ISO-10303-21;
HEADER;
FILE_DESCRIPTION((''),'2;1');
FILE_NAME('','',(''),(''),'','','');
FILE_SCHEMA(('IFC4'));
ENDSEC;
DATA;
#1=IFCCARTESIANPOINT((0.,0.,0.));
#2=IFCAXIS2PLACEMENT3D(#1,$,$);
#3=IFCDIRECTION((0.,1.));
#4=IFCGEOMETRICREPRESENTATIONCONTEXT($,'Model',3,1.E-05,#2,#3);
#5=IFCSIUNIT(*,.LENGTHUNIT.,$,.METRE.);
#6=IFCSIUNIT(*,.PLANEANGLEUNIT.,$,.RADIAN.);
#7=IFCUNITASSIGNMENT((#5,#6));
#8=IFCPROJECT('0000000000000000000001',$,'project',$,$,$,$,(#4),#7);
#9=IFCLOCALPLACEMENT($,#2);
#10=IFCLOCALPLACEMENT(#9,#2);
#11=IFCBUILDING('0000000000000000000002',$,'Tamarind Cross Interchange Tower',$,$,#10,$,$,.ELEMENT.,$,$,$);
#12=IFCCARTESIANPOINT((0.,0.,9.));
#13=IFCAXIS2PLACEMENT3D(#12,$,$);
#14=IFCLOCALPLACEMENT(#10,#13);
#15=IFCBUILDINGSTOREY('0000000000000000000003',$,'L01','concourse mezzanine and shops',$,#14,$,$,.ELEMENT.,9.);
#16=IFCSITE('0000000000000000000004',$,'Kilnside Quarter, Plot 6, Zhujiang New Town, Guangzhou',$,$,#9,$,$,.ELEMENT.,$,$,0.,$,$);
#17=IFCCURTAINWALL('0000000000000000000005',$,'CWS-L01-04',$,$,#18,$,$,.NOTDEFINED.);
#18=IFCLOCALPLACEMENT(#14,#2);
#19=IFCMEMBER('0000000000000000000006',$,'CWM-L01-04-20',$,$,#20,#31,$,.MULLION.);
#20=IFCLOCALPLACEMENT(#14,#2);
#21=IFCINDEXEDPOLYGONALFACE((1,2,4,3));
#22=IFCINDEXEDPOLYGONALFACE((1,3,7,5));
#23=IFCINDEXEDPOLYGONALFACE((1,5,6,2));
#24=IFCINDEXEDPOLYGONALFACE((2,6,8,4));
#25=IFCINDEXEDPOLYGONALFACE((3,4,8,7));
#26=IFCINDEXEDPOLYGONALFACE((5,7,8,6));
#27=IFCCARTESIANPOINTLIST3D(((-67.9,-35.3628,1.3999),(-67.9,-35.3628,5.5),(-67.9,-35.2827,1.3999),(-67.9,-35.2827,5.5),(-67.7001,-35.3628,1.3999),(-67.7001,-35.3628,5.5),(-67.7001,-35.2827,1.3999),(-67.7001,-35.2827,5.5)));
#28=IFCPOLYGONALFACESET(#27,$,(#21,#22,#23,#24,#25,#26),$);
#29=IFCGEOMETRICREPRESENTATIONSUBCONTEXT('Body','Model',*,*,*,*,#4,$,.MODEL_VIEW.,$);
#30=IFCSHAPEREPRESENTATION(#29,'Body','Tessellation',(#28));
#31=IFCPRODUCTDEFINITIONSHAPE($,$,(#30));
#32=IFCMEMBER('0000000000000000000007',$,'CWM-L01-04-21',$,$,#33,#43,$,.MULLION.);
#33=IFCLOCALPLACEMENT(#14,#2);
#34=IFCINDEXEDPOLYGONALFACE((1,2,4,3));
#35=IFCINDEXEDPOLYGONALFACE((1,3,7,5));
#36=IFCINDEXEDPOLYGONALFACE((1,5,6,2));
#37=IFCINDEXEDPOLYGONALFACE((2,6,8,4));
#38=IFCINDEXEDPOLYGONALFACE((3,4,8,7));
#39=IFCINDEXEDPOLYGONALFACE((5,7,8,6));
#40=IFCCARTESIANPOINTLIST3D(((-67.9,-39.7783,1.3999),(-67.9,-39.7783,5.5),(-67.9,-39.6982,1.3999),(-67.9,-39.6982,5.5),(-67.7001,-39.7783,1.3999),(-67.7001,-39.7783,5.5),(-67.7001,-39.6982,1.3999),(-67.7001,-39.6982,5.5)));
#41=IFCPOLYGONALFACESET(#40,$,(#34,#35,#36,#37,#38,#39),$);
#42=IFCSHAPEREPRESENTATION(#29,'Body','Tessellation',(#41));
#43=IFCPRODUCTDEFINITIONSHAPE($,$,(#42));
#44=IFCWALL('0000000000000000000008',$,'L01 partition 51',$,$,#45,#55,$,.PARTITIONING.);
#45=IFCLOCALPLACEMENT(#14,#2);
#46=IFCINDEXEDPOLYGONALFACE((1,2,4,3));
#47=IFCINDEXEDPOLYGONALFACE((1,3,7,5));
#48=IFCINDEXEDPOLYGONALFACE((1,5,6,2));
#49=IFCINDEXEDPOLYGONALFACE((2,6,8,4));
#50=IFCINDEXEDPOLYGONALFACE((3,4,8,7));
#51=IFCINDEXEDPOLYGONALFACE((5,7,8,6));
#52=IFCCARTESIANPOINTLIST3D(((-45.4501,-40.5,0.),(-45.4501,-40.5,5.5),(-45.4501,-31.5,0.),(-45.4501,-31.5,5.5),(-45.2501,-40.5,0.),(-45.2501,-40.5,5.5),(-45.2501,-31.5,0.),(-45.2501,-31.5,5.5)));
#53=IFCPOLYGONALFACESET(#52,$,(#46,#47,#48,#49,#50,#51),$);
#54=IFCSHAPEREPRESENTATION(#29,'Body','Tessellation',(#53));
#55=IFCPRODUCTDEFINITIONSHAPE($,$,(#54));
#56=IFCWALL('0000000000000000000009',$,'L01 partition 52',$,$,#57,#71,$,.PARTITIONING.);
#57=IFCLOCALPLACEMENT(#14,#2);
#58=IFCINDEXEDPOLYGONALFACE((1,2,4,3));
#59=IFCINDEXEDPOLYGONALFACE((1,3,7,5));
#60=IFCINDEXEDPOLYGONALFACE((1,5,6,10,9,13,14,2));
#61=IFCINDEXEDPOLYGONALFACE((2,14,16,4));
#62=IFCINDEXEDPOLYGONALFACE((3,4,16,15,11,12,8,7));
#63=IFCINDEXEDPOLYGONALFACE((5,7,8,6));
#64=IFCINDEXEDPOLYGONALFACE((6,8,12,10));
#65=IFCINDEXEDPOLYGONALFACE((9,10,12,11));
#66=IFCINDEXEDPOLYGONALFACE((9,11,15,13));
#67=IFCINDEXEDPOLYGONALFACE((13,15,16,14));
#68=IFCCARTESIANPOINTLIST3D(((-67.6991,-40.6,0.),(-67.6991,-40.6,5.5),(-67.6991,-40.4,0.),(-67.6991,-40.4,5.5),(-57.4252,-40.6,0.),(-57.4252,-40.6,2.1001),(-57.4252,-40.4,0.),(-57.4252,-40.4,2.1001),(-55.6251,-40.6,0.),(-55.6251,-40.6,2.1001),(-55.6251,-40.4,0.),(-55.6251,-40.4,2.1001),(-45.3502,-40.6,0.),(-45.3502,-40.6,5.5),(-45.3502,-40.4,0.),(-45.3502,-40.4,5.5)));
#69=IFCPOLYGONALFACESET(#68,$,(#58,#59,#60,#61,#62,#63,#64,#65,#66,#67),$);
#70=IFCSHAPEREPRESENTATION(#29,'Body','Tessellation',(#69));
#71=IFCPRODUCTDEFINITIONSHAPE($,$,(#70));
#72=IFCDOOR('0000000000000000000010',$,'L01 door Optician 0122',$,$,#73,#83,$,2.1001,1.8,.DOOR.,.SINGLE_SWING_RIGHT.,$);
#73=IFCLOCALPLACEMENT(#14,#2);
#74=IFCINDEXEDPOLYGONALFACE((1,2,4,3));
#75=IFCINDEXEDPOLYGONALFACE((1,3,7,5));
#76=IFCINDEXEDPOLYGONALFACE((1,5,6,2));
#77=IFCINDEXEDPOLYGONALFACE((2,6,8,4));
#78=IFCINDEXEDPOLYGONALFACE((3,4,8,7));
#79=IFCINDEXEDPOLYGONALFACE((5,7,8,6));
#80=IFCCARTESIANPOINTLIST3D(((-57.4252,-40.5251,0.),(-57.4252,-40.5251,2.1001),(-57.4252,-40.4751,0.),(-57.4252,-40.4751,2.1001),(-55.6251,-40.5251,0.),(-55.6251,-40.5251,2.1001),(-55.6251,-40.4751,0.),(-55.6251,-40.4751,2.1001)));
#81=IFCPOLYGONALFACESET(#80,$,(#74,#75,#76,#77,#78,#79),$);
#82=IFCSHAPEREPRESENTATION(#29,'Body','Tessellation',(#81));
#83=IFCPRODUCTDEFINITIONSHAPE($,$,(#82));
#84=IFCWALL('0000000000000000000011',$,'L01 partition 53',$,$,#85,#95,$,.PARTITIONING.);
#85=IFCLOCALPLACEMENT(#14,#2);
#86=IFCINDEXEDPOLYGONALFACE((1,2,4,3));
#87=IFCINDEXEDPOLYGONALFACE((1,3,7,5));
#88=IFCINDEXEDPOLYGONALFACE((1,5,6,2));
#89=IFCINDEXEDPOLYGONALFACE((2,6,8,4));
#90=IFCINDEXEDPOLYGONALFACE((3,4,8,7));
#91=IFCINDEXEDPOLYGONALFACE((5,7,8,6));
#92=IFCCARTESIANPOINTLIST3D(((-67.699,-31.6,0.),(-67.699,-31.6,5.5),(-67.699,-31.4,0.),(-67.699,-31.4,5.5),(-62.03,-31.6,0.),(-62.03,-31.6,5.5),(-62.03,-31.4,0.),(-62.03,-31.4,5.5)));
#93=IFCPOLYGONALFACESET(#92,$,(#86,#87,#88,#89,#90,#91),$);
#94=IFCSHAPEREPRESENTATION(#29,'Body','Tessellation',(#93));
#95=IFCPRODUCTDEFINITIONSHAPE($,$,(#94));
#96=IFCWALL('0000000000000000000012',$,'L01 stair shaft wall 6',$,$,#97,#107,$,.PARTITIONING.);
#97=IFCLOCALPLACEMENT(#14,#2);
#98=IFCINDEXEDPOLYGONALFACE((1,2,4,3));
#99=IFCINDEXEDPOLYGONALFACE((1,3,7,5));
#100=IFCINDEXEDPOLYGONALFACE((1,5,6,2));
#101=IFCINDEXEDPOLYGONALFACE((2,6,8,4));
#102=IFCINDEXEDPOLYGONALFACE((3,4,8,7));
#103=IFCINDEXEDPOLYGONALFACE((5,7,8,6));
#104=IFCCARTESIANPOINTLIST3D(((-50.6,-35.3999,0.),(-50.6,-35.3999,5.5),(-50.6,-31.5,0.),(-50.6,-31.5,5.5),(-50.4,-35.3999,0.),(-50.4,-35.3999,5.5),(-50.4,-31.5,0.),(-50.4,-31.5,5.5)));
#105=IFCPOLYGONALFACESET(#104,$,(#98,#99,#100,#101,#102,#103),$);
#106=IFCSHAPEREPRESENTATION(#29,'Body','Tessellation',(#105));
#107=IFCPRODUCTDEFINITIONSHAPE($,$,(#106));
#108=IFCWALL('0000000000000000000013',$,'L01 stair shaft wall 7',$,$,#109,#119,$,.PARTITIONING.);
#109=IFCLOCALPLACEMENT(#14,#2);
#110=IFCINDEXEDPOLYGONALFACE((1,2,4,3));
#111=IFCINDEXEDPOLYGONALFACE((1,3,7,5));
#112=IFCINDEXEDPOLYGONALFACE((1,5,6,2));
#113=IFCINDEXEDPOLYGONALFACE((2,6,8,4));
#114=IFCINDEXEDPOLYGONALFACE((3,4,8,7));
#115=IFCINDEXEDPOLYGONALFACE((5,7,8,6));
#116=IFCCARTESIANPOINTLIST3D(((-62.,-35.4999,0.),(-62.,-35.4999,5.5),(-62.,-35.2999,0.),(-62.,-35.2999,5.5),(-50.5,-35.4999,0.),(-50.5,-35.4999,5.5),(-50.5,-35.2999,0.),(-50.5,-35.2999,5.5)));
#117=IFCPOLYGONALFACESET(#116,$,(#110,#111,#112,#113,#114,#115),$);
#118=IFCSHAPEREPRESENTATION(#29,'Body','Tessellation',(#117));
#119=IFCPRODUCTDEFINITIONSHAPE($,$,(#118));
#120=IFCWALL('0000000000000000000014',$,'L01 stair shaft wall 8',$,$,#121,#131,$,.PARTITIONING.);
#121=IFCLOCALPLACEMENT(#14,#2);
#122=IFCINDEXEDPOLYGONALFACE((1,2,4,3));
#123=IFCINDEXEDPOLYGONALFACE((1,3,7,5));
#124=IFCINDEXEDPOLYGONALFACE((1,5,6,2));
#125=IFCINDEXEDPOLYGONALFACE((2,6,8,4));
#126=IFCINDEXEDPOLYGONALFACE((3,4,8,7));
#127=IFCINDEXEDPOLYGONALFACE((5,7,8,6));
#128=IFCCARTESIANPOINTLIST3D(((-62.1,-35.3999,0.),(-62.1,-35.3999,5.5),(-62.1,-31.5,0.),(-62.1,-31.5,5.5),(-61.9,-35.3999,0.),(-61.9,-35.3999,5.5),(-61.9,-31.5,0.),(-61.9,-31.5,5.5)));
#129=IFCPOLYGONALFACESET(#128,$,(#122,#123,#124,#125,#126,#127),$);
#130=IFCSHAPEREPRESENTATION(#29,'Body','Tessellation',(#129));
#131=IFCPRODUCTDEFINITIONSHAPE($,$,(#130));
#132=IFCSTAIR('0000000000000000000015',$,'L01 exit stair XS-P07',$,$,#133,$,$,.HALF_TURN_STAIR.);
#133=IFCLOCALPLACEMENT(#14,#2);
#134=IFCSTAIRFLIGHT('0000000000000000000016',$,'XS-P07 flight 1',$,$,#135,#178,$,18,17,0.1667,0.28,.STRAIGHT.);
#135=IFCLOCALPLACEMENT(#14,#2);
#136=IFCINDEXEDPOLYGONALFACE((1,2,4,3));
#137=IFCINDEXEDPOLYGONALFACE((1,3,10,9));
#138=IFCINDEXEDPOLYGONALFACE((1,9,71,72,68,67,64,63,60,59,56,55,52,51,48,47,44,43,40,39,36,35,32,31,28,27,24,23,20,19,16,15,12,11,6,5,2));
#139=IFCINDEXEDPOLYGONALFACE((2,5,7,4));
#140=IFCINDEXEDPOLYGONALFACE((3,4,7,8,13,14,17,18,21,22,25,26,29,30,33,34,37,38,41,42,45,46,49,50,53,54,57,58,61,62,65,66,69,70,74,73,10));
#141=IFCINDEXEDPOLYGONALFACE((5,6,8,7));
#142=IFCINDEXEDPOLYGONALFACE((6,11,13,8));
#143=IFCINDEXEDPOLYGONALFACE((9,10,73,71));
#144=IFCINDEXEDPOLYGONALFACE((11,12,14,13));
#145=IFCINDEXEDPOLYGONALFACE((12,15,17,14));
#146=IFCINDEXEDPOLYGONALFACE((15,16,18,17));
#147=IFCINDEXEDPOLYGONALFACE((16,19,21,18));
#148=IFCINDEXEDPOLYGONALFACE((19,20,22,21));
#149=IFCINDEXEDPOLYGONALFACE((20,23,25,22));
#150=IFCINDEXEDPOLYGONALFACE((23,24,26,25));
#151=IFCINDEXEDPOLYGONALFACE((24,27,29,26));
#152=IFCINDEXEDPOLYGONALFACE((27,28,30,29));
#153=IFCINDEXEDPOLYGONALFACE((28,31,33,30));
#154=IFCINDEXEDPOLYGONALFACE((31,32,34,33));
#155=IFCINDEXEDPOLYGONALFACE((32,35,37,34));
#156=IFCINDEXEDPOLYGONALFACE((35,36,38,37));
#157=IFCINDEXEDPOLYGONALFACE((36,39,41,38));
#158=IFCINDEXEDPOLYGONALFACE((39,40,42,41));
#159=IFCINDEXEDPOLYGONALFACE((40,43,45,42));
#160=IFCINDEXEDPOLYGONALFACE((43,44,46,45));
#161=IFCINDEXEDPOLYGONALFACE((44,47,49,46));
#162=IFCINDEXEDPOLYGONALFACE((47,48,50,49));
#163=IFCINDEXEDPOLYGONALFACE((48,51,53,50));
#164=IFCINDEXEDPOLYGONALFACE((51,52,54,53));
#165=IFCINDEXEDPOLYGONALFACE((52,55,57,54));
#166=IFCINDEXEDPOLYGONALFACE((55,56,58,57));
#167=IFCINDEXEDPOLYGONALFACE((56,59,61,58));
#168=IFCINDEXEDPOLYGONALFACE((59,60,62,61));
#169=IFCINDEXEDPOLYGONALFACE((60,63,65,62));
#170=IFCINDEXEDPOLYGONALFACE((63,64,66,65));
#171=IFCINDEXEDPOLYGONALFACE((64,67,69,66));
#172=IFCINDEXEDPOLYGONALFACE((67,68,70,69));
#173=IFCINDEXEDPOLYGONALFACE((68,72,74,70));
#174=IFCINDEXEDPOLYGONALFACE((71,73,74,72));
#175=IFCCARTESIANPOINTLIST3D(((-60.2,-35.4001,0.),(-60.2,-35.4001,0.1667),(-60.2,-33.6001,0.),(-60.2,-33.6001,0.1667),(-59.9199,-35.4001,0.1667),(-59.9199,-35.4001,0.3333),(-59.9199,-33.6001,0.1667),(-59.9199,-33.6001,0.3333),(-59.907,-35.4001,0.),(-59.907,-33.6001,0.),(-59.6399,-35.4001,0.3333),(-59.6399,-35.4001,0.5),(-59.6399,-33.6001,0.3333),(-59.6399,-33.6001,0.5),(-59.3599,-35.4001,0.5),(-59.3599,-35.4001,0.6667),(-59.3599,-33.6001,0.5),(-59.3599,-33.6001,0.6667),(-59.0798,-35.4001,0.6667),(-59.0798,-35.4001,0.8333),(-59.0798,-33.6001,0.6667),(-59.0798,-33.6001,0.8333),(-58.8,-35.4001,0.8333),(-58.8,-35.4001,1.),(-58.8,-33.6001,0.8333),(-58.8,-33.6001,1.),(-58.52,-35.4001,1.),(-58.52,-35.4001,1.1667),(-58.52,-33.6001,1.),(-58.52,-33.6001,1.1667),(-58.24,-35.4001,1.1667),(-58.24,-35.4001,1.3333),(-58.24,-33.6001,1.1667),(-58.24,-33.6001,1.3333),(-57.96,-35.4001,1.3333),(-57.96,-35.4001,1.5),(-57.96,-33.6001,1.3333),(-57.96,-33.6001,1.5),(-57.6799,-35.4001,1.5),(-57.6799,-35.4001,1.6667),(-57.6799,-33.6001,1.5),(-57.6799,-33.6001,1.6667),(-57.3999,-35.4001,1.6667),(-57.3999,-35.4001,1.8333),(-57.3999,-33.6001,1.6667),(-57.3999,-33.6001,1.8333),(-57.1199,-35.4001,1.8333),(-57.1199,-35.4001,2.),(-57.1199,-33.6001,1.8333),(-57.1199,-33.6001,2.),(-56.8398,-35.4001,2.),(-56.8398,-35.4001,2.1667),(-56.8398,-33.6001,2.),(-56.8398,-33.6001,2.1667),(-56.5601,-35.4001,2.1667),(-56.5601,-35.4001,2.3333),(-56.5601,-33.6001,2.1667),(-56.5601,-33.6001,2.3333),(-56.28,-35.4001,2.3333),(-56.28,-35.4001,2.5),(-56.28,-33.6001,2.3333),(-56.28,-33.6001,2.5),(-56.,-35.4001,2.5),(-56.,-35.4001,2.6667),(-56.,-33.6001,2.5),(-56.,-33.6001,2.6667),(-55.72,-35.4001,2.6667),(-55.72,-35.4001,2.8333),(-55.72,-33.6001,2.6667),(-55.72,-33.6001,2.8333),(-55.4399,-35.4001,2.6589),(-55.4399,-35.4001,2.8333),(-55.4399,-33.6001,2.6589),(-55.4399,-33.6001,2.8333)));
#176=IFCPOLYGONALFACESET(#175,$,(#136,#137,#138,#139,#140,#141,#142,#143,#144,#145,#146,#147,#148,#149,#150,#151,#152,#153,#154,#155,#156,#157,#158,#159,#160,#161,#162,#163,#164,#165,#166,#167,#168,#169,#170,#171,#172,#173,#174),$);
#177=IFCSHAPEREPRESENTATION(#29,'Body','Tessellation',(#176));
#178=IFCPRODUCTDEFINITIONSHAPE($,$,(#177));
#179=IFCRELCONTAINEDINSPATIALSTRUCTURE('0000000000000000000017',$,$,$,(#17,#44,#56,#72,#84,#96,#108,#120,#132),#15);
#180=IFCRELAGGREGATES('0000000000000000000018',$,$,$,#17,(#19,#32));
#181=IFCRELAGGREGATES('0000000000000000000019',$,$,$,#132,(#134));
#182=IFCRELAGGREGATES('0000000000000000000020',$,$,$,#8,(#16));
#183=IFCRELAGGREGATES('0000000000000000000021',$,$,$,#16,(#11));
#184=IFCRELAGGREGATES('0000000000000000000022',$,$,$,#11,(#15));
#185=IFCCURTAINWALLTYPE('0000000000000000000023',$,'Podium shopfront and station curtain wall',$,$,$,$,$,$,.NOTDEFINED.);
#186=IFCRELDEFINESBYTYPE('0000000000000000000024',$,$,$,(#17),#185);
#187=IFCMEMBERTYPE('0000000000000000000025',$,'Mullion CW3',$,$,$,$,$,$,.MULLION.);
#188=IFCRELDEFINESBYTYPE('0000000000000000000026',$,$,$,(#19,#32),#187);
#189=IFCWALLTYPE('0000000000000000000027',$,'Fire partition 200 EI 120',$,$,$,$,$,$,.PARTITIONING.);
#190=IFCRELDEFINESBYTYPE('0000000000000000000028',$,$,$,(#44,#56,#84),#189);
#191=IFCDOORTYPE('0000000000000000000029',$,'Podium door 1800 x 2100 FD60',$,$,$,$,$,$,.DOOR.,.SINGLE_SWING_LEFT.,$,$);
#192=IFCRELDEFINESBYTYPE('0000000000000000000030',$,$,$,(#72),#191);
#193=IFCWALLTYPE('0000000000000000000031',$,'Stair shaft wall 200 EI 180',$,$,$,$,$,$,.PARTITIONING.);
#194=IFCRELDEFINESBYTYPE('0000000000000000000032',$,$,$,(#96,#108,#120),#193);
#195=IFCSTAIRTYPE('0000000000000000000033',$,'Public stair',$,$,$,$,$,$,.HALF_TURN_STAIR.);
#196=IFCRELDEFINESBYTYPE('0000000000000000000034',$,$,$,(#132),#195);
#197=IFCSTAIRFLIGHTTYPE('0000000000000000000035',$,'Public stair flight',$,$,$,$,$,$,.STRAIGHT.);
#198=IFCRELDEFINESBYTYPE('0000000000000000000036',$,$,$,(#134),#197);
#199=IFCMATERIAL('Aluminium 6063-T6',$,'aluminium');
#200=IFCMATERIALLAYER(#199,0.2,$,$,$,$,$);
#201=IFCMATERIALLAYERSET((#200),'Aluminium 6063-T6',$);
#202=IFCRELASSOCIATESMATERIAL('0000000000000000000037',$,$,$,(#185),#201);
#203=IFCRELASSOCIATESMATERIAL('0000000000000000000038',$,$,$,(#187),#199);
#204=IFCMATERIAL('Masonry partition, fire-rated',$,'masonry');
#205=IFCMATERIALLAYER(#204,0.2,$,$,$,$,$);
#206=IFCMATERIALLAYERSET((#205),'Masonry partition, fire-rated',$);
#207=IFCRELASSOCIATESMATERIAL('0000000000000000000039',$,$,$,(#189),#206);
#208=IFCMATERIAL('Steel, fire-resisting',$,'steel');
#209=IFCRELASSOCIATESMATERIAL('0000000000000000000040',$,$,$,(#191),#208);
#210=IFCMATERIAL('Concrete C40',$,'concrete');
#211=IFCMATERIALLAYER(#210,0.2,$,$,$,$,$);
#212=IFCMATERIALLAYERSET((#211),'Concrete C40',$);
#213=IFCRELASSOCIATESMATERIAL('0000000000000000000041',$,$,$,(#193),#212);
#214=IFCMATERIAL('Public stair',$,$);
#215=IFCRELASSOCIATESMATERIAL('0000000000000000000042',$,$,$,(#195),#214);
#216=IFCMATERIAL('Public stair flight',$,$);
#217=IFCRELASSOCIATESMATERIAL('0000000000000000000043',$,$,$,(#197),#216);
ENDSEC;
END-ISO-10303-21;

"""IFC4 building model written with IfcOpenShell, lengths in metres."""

from ifc_helpers import new_model, si_unit, direction, frame, frame_2d, origin, origin_2d, place, context, subcontext, project, spatial, polyline, rectangle, outline, extrude, material, layer, layer_set, material_profile, profile_set, type_object, element, fill, aggregate, save


model = new_model("IFC4")

# Units and contexts
model_context = context("Model", 3, precision=1e-05, world=origin(), true_north=direction((0.0, 1.0)))
body_context = subcontext(model_context, "Body", "Model", "MODEL_VIEW")
ifc_project = project(units=[si_unit("LENGTHUNIT", "METRE"), si_unit("PLANEANGLEUNIT", "RADIAN")], contexts=[model_context])

# Site, building, storey
site_placement = place(None, origin())
site = spatial("IfcSite", under=ifc_project, at=site_placement, Name="Kilnside Quarter, Plot 6, Zhujiang New Town, Guangzhou", CompositionType="ELEMENT", RefElevation=0.0)
building_placement = place(site_placement, origin())
building = spatial("IfcBuilding", under=site, at=building_placement, Name="Tamarind Cross Interchange Tower", CompositionType="ELEMENT")
storey_placement = place(building_placement, frame((0.0, 0.0, 9.0)))
storey = spatial("IfcBuildingStorey", under=building, at=storey_placement, Name="L01", Description="concourse mezzanine and shops", CompositionType="ELEMENT", Elevation=9.0)

# Curtain wall, members
ifc_material_1 = material(Name="Aluminium 6063-T6", Category="aluminium")
ifc_layer_1 = layer(ifc_material_1, 0.2)
ifc_layer_set_1 = layer_set([ifc_layer_1], Name="Aluminium 6063-T6")
curtain_wall_type = type_object("IfcCurtainWallType", Name="Podium shopfront and station curtain wall", PredefinedType="NOTDEFINED", material=ifc_layer_set_1)
curtain_wall_placement = place(storey_placement, origin())
curtain_wall = element("IfcCurtainWall", 1, at=curtain_wall_placement, inside=storey, type_object=curtain_wall_type, Name="CWS-L01-04", PredefinedType="NOTDEFINED")
ifc_material_profile = material_profile(ifc_material_1, rectangle(XDim=0.0801, YDim=0.2, at=origin_2d()), Name="Mullion CW3")
ifc_profile_set = profile_set([ifc_material_profile], Name="Aluminium 6063-T6")
member_type = type_object("IfcMemberType", Name="Mullion CW3", PredefinedType="MULLION", material=ifc_profile_set)
member_1_placement = place(storey_placement, frame((-67.8, -35.3228, 1.3999), z_axis=(0.0, 0.0, 1.0), x_axis=(0.0, -1.0, 0.0)))
member_1 = element("IfcMember", 2, at=member_1_placement, type_object=member_type, Name="CWM-L01-04-20", PredefinedType="MULLION", context=body_context, shape_type="SweptSolid", body=[
    extrude(rectangle(XDim=0.0801, YDim=0.2, at=origin_2d()), origin(), (0.0, 0.0, 1.0), 4.1001),
])
member_2_placement = place(storey_placement, frame((-67.8, -39.7383, 1.3999), z_axis=(0.0, 0.0, 1.0), x_axis=(0.0, -1.0, 0.0)))
member_2 = element("IfcMember", 3, at=member_2_placement, type_object=member_type, Name="CWM-L01-04-21", PredefinedType="MULLION", context=body_context, shape_type="SweptSolid", body=[
    extrude(rectangle(XDim=0.0801, YDim=0.2, at=origin_2d()), origin(), (0.0, 0.0, 1.0), 4.1001),
])
aggregate(curtain_wall, [member_1, member_2])

# Wall
ifc_material_2 = material(Name="Masonry partition, fire-rated", Category="masonry")
ifc_layer_2 = layer(ifc_material_2, 0.2)
ifc_layer_set_2 = layer_set([ifc_layer_2], Name="Masonry partition, fire-rated")
wall_type_1 = type_object("IfcWallType", Name="Fire partition 200 EI 120", PredefinedType="PARTITIONING", material=ifc_layer_set_2)
wall_1_placement = place(storey_placement, frame((-45.3501, -40.5, 0.0), z_axis=(0.0, 0.0, 1.0), x_axis=(0.0, 1.0, 0.0)))
element("IfcWall", 4, at=wall_1_placement, inside=storey, type_object=wall_type_1, Name="L01 partition 51", PredefinedType="PARTITIONING", context=body_context, shape_type="SweptSolid", body=[
    extrude(rectangle(XDim=9.0, YDim=0.2, at=frame_2d((4.5, 0.0))), origin(), (0.0, 0.0, 1.0), 5.5),
])

# Wall, opening, door
wall_2_placement = place(storey_placement, frame((-67.699, -40.5, 0.0), z_axis=(0.0, 0.0, 1.0), x_axis=(1.0, 0.0, 0.0)))
wall_2 = element("IfcWall", 5, at=wall_2_placement, inside=storey, type_object=wall_type_1, Name="L01 partition 52", PredefinedType="PARTITIONING", context=body_context, shape_type="SweptSolid", body=[
    extrude(rectangle(XDim=22.3489, YDim=0.2, at=frame_2d((11.1743, 0.0))), origin(), (0.0, 0.0, 1.0), 5.5),
])
opening_placement = place(wall_2_placement, frame((10.2739, 0.0, 0.0)))
opening = element("IfcOpeningElement", 6, at=opening_placement, cuts=wall_2, PredefinedType="OPENING", context=body_context, shape_type="SweptSolid", body=[
    extrude(rectangle(XDim=1.8, YDim=2.1001, at=frame_2d((0.8999, 1.05))), frame((0.0, 0.1099, 0.0), z_axis=(0.0, -1.0, 0.0), x_axis=(1.0, 0.0, 0.0)), (0.0, 0.0, 1.0), 0.22),
])
ifc_material_3 = material(Name="Steel, fire-resisting", Category="steel")
door_type = type_object("IfcDoorType", Name="Podium door 1800 x 2100 FD60", OperationType="SINGLE_SWING_LEFT", PredefinedType="DOOR", material=ifc_material_3)
door_placement = place(opening_placement, origin())
door = element("IfcDoor", 7, at=door_placement, inside=storey, type_object=door_type, Name="L01 door Optician 0122", OperationType="SINGLE_SWING_RIGHT", OverallHeight=2.1001, OverallWidth=1.8, PredefinedType="DOOR", context=body_context, shape_type="SweptSolid", body=[
    extrude(rectangle(XDim=1.8, YDim=2.1001, at=frame_2d((0.8999, 1.05))), frame((0.0, 0.0249, 0.0), z_axis=(0.0, -1.0, 0.0), x_axis=(1.0, 0.0, 0.0)), (0.0, 0.0, 1.0), 0.05),
])
fill(opening, door)

# Walls
wall_3_placement = place(storey_placement, frame((-67.699, -31.5, 0.0), z_axis=(0.0, 0.0, 1.0), x_axis=(1.0, 0.0, 0.0)))
element("IfcWall", 8, at=wall_3_placement, inside=storey, type_object=wall_type_1, Name="L01 partition 53", PredefinedType="PARTITIONING", context=body_context, shape_type="SweptSolid", body=[
    extrude(rectangle(XDim=5.6689, YDim=0.2, at=frame_2d((2.8345, 0.0))), origin(), (0.0, 0.0, 1.0), 5.5),
])
ifc_material_4 = material(Name="Concrete C40", Category="concrete")
ifc_layer_3 = layer(ifc_material_4, 0.2)
ifc_layer_set_3 = layer_set([ifc_layer_3], Name="Concrete C40")
wall_type_2 = type_object("IfcWallType", Name="Stair shaft wall 200 EI 180", PredefinedType="PARTITIONING", material=ifc_layer_set_3)
wall_4_placement = place(storey_placement, frame((-50.5, -35.3999, 0.0), z_axis=(0.0, 0.0, 1.0), x_axis=(0.0, 1.0, 0.0)))
element("IfcWall", 9, at=wall_4_placement, inside=storey, type_object=wall_type_2, Name="L01 stair shaft wall 6", PredefinedType="PARTITIONING", context=body_context, shape_type="SweptSolid", body=[
    extrude(rectangle(XDim=3.8999, YDim=0.2, at=frame_2d((1.95, 0.0))), origin(), (0.0, 0.0, 1.0), 5.5),
])
wall_5_placement = place(storey_placement, frame((-62.0, -35.3999, 0.0), z_axis=(0.0, 0.0, 1.0), x_axis=(1.0, 0.0, 0.0)))
element("IfcWall", 10, at=wall_5_placement, inside=storey, type_object=wall_type_2, Name="L01 stair shaft wall 7", PredefinedType="PARTITIONING", context=body_context, shape_type="SweptSolid", body=[
    extrude(rectangle(XDim=11.5, YDim=0.2, at=frame_2d((5.75, 0.0))), origin(), (0.0, 0.0, 1.0), 5.5),
])
wall_6_placement = place(storey_placement, frame((-62.0, -35.3999, 0.0), z_axis=(0.0, 0.0, 1.0), x_axis=(0.0, 1.0, 0.0)))
element("IfcWall", 11, at=wall_6_placement, inside=storey, type_object=wall_type_2, Name="L01 stair shaft wall 8", PredefinedType="PARTITIONING", context=body_context, shape_type="SweptSolid", body=[
    extrude(rectangle(XDim=3.8999, YDim=0.2, at=frame_2d((1.95, 0.0))), origin(), (0.0, 0.0, 1.0), 5.5),
])

# Stair, stair flight
ifc_material_5 = material(Name="Public stair")
stair_type = type_object("IfcStairType", Name="Public stair", PredefinedType="HALF_TURN_STAIR", material=ifc_material_5)
stair_placement = place(storey_placement, origin())
stair = element("IfcStair", 12, at=stair_placement, inside=storey, type_object=stair_type, Name="L01 exit stair XS-P07", PredefinedType="HALF_TURN_STAIR")
ifc_material_6 = material(Name="Public stair flight")
stair_flight_type = type_object("IfcStairFlightType", Name="Public stair flight", PredefinedType="STRAIGHT", material=ifc_material_6)
stair_flight_1_placement = place(storey_placement, frame((-60.2, -34.5, 0.0), z_axis=(0.0, 0.0, 1.0), x_axis=(1.0, 0.0, 0.0)))
stair_flight_1 = element("IfcStairFlight", 13, at=stair_flight_1_placement, type_object=stair_flight_type, Name="XS-P07 flight 1", NumberOfRisers=18, NumberOfTreads=17, PredefinedType="STRAIGHT", RiserHeight=0.1667, TreadLength=0.28, context=body_context, shape_type="SweptSolid", body=[
    extrude(outline(polyline([(0.0, 0.0), (0.0, 0.1667), (0.28, 0.1667), (0.28, 0.3333), (0.5601, 0.3333), (0.5601, 0.5), (0.8401, 0.5), (0.8401, 0.6667), (1.1201, 0.6667), (1.1201, 0.8333), (1.3999, 0.8333), (1.3999, 1.0), (1.6799, 1.0), (1.6799, 1.1667), (1.96, 1.1667), (1.96, 1.3333), (2.24, 1.3333), (2.24, 1.5), (2.52, 1.5), (2.52, 1.6667), (2.8, 1.6667), (2.8, 1.8333), (3.0801, 1.8333), (3.0801, 2.0), (3.3601, 2.0), (3.3601, 2.1667), (3.6399, 2.1667), (3.6399, 2.3333), (3.9199, 2.3333), (3.9199, 2.5), (4.2, 2.5), (4.2, 2.6667), (4.48, 2.6667), (4.48, 2.8333), (4.76, 2.8333), (4.76, 3.0), (4.76, 2.6589), (0.293, 0.0), (0.0, 0.0)])), frame((0.0, 0.8999, 0.0), z_axis=(0.0, -1.0, 0.0), x_axis=(1.0, 0.0, 0.0)), (0.0, 0.0, 1.0), 1.8),
])
aggregate(stair, [stair_flight_1])

save(model, "model.ifc")
